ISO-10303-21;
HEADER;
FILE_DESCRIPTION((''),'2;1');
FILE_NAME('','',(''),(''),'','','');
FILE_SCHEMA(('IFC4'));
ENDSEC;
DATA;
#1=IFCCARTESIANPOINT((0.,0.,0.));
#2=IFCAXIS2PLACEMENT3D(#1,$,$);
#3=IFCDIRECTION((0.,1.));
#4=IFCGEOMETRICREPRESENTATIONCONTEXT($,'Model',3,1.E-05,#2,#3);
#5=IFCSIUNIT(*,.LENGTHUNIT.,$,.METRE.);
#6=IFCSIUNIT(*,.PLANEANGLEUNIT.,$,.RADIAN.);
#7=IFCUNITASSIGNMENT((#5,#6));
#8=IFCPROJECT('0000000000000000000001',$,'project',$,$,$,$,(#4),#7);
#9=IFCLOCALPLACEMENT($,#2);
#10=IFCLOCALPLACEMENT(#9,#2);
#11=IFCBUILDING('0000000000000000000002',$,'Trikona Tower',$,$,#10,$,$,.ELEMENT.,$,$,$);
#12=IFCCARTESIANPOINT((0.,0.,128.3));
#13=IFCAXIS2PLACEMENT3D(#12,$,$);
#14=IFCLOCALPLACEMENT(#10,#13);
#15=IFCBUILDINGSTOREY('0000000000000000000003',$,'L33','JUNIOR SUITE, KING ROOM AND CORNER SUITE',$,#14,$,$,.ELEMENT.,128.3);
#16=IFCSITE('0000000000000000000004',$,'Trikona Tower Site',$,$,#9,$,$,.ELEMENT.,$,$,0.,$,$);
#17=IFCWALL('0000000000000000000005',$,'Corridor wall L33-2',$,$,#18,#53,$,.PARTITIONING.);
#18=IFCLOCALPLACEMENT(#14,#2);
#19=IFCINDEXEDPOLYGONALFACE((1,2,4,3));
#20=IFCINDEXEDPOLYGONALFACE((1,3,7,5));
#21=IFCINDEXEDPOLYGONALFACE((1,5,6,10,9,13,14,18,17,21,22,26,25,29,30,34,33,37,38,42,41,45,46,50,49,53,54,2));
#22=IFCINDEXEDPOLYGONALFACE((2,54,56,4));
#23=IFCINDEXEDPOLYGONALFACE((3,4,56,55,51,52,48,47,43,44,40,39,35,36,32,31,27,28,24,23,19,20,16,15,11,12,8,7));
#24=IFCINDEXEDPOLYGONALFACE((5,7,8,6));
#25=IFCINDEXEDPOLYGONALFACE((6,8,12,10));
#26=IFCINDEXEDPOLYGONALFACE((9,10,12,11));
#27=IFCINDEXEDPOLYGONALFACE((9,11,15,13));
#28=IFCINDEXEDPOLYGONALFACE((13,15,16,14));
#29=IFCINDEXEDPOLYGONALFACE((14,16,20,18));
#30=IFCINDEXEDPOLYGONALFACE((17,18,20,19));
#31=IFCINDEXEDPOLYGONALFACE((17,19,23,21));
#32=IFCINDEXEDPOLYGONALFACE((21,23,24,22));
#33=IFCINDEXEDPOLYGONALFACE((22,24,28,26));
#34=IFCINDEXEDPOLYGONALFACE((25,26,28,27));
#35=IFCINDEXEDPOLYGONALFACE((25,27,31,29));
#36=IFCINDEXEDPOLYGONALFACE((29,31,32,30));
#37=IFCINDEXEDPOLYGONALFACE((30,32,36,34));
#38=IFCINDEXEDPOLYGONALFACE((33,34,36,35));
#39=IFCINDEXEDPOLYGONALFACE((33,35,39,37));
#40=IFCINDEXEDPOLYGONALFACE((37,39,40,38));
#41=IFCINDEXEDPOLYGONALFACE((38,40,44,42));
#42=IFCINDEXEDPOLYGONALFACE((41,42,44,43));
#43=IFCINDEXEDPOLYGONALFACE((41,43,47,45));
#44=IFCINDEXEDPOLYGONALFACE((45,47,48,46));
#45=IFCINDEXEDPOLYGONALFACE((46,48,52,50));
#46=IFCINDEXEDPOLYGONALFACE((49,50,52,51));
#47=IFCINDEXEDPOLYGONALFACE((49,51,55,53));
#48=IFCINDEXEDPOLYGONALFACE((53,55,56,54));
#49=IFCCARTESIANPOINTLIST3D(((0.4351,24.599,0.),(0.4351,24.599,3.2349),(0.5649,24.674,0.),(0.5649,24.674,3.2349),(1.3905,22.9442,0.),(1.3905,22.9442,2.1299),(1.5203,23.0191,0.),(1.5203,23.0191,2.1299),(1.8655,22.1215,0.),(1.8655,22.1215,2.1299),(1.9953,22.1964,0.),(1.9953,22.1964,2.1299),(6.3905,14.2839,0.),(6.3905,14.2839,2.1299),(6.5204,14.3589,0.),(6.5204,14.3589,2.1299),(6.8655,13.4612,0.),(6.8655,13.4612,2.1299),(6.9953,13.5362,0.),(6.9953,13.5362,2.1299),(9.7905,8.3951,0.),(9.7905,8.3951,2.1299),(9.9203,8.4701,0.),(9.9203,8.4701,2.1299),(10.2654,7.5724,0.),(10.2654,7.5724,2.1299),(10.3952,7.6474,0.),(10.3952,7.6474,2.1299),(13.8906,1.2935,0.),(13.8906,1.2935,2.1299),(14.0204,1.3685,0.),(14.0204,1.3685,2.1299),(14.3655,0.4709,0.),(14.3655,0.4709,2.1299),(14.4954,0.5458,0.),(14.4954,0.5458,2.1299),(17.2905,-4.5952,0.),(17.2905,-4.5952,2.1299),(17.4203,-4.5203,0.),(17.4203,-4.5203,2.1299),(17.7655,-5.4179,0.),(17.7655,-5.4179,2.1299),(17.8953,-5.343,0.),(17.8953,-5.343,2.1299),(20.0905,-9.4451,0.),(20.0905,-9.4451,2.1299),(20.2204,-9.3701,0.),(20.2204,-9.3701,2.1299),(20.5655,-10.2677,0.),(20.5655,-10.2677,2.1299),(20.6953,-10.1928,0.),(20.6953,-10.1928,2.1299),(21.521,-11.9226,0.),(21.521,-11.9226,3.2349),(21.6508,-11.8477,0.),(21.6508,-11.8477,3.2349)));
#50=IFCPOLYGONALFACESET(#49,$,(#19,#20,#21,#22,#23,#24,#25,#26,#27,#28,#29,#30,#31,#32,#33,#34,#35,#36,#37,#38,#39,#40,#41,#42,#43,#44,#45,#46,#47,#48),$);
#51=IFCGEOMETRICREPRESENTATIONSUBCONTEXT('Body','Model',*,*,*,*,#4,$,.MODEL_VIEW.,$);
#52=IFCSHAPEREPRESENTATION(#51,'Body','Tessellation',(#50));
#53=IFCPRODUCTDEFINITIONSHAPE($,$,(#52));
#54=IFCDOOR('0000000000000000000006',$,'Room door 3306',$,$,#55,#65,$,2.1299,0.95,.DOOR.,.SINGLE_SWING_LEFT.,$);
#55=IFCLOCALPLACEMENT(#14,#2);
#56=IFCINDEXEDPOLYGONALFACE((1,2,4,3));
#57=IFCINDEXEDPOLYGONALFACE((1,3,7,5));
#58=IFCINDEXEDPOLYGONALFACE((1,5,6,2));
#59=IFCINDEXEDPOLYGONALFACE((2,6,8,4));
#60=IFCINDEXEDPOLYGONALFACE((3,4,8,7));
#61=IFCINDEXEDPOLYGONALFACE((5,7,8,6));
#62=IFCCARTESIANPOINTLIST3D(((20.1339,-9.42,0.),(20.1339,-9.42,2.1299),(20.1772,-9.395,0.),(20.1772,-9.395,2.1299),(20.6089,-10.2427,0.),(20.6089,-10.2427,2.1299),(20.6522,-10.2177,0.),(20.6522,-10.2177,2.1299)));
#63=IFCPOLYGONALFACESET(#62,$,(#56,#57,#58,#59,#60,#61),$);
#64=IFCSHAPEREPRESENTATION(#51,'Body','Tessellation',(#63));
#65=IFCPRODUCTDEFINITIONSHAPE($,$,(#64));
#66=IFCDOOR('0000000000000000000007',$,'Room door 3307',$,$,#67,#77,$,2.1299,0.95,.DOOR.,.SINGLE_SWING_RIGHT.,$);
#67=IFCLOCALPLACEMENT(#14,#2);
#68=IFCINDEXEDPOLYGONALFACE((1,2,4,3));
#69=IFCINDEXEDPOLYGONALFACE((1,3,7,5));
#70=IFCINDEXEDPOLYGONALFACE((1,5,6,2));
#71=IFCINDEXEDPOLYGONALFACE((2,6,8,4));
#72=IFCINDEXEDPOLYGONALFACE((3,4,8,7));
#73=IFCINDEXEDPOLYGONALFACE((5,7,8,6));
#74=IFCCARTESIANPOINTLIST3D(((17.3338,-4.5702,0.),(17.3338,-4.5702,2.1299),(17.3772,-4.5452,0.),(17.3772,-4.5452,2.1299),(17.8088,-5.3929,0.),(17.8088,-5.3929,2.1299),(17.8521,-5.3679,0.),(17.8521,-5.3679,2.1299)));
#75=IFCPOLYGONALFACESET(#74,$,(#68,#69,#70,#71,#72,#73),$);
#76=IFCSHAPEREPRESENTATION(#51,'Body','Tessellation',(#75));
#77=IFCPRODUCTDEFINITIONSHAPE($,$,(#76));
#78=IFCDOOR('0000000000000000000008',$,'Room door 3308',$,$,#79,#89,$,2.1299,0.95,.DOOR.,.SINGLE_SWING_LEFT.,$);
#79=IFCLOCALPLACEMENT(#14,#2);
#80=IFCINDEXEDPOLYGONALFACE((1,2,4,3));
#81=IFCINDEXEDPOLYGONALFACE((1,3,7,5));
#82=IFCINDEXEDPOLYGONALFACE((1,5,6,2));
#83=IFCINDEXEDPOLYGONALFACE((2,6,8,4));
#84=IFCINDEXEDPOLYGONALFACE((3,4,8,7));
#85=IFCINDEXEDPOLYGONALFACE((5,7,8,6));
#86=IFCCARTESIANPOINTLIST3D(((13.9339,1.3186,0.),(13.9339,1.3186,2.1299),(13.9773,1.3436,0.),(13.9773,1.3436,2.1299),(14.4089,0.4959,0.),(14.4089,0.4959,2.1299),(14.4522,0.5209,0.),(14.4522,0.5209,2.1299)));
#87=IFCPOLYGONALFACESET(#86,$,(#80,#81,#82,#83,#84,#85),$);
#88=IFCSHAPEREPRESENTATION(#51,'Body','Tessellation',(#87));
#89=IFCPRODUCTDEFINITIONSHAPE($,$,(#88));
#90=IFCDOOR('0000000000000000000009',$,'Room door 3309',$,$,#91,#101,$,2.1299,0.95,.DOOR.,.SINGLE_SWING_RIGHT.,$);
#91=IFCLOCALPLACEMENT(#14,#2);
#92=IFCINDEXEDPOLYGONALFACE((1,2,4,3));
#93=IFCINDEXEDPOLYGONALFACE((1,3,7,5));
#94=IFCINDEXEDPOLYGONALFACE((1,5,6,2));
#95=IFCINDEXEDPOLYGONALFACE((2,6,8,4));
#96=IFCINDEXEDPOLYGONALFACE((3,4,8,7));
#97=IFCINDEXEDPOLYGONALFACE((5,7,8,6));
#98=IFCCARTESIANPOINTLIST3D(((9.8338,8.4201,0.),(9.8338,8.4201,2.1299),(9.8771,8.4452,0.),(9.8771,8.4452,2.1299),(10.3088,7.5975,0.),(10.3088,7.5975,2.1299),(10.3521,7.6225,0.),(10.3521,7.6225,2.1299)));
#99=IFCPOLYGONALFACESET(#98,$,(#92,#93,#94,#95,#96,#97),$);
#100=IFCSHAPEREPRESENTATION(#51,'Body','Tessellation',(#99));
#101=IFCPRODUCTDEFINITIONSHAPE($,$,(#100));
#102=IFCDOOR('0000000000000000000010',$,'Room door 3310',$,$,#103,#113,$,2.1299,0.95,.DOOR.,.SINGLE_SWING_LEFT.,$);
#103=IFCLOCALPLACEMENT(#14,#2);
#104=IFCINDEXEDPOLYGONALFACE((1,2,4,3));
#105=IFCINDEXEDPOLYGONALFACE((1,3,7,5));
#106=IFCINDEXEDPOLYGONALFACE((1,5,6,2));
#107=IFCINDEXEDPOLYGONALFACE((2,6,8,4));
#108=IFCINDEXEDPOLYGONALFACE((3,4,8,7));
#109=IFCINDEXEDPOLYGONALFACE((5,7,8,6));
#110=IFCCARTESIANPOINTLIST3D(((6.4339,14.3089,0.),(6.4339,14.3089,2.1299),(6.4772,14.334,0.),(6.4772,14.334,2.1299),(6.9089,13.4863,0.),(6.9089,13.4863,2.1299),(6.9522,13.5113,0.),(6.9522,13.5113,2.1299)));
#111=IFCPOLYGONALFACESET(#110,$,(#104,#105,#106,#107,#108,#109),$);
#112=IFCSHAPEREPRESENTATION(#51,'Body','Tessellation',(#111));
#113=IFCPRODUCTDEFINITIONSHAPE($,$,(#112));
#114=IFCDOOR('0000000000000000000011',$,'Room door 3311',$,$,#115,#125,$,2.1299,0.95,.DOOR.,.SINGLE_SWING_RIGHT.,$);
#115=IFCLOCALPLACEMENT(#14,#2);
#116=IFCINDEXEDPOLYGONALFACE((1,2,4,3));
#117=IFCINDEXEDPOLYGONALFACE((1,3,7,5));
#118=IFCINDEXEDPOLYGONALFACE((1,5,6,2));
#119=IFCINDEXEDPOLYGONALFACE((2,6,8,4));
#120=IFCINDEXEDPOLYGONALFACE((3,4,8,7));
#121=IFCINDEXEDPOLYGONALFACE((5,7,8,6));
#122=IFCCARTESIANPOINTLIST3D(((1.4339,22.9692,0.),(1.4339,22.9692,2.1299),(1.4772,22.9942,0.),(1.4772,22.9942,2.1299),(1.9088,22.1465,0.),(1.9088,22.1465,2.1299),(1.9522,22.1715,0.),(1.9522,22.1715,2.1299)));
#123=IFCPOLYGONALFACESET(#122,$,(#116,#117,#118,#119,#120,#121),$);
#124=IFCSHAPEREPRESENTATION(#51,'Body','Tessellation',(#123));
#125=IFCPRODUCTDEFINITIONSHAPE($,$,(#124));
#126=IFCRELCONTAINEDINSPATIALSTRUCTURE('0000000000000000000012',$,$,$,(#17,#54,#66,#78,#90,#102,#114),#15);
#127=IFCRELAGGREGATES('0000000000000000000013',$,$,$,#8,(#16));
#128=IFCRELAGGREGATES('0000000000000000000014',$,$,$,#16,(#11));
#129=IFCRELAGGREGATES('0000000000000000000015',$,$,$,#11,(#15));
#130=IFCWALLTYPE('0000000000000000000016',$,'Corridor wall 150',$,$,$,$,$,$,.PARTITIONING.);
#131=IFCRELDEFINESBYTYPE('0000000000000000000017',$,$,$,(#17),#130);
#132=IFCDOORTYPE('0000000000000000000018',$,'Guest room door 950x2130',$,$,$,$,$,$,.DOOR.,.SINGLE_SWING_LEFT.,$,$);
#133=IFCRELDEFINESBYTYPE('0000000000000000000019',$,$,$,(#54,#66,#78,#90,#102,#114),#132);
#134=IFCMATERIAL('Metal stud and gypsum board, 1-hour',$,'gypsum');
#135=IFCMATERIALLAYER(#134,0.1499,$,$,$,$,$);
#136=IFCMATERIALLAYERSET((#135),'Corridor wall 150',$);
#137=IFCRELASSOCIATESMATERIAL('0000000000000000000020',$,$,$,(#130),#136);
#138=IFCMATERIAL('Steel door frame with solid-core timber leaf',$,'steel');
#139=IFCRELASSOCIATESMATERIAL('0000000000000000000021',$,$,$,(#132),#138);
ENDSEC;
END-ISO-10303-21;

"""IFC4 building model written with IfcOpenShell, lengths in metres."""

from ifc_helpers import new_model, si_unit, direction, frame, frame_2d, origin, place, context, subcontext, project, spatial, rectangle, extrude, material, layer, layer_set, type_object, element, fill, save


model = new_model("IFC4")

# Units and contexts
model_context = context("Model", 3, precision=1e-05, world=origin(), true_north=direction((0.0, 1.0)))
body_context = subcontext(model_context, "Body", "Model", "MODEL_VIEW")
ifc_project = project(units=[si_unit("LENGTHUNIT", "METRE"), si_unit("PLANEANGLEUNIT", "RADIAN")], contexts=[model_context])

# Site, building, storey
site_placement = place(None, origin())
site = spatial("IfcSite", under=ifc_project, at=site_placement, Name="Trikona Tower Site", CompositionType="ELEMENT", RefElevation=0.0)
building_placement = place(site_placement, origin())
building = spatial("IfcBuilding", under=site, at=building_placement, Name="Trikona Tower", CompositionType="ELEMENT")
storey_placement = place(building_placement, frame((0.0, 0.0, 128.3)))
storey = spatial("IfcBuildingStorey", under=building, at=storey_placement, Name="L33", Description="JUNIOR SUITE, KING ROOM AND CORNER SUITE", CompositionType="ELEMENT", Elevation=128.3)

# Wall, openings, doors
ifc_material_1 = material(Name="Metal stud and gypsum board, 1-hour", Category="gypsum")
ifc_layer_1 = layer(ifc_material_1, 0.1499)
ifc_layer_set_1 = layer_set([ifc_layer_1], Name="Corridor wall 150")
wall_type_1 = type_object("IfcWallType", Name="Corridor wall 150", PredefinedType="PARTITIONING", material=ifc_layer_set_1)
wall_1_placement = place(storey_placement, frame((21.5859, -11.8853, 0.0), z_axis=(0.0, 0.0, 1.0), x_axis=(-0.500002, 0.866024, 0.0)))
wall_1 = element("IfcWall", 1, at=wall_1_placement, inside=storey, type_object=wall_type_1, Name="Corridor wall L33-2", PredefinedType="PARTITIONING", context=body_context, shape_type="SweptSolid", body=[
    extrude(rectangle(XDim=42.1716, YDim=0.1499, at=frame_2d((21.0859, 0.0))), origin(), (0.0, 0.0, 1.0), 3.2349),
])
opening_1_placement = place(wall_1_placement, frame((1.9109, 0.0, 0.0)))
opening_1 = element("IfcOpeningElement", 2, at=opening_1_placement, cuts=wall_1, PredefinedType="OPENING", context=body_context, shape_type="SweptSolid", body=[
    extrude(rectangle(XDim=0.95, YDim=2.1299, at=frame_2d((0.4751, 1.0649))), frame((0.0, 0.085, 0.0), z_axis=(0.0, -1.0, 0.0), x_axis=(1.0, 0.0, 0.0)), (0.0, 0.0, 1.0), 0.1699),
])
opening_2_placement = place(wall_1_placement, frame((7.511, 0.0, 0.0)))
opening_2 = element("IfcOpeningElement", 3, at=opening_2_placement, cuts=wall_1, PredefinedType="OPENING", context=body_context, shape_type="SweptSolid", body=[
    extrude(rectangle(XDim=0.95, YDim=2.1299, at=frame_2d((0.4751, 1.0649))), frame((0.0, 0.085, 0.0), z_axis=(0.0, -1.0, 0.0), x_axis=(1.0, 0.0, 0.0)), (0.0, 0.0, 1.0), 0.1699),
])
opening_3_placement = place(wall_1_placement, frame((14.3108, 0.0, 0.0)))
opening_3 = element("IfcOpeningElement", 4, at=opening_3_placement, cuts=wall_1, PredefinedType="OPENING", context=body_context, shape_type="SweptSolid", body=[
    extrude(rectangle(XDim=0.95, YDim=2.1299, at=frame_2d((0.4751, 1.0649))), frame((0.0, 0.085, 0.0), z_axis=(0.0, -1.0, 0.0), x_axis=(1.0, 0.0, 0.0)), (0.0, 0.0, 1.0), 0.1699),
])
opening_4_placement = place(wall_1_placement, frame((22.511, 0.0, 0.0)))
opening_4 = element("IfcOpeningElement", 5, at=opening_4_placement, cuts=wall_1, PredefinedType="OPENING", context=body_context, shape_type="SweptSolid", body=[
    extrude(rectangle(XDim=0.95, YDim=2.1299, at=frame_2d((0.4751, 1.0649))), frame((0.0, 0.085, 0.0), z_axis=(0.0, -1.0, 0.0), x_axis=(1.0, 0.0, 0.0)), (0.0, 0.0, 1.0), 0.1699),
])
opening_5_placement = place(wall_1_placement, frame((29.3108, 0.0, 0.0)))
opening_5 = element("IfcOpeningElement", 6, at=opening_5_placement, cuts=wall_1, PredefinedType="OPENING", context=body_context, shape_type="SweptSolid", body=[
    extrude(rectangle(XDim=0.95, YDim=2.1299, at=frame_2d((0.4751, 1.0649))), frame((0.0, 0.085, 0.0), z_axis=(0.0, -1.0, 0.0), x_axis=(1.0, 0.0, 0.0)), (0.0, 0.0, 1.0), 0.1699),
])
opening_6_placement = place(wall_1_placement, frame((39.3108, 0.0, 0.0)))
opening_6 = element("IfcOpeningElement", 7, at=opening_6_placement, cuts=wall_1, PredefinedType="OPENING", context=body_context, shape_type="SweptSolid", body=[
    extrude(rectangle(XDim=0.95, YDim=2.1299, at=frame_2d((0.4751, 1.0649))), frame((0.0, 0.085, 0.0), z_axis=(0.0, -1.0, 0.0), x_axis=(1.0, 0.0, 0.0)), (0.0, 0.0, 1.0), 0.1699),
])
ifc_material_2 = material(Name="Steel door frame with solid-core timber leaf", Category="steel")
door_type = type_object("IfcDoorType", Name="Guest room door 950x2130", OperationType="SINGLE_SWING_LEFT", PredefinedType="DOOR", material=ifc_material_2)
door_1_placement = place(opening_1_placement, origin())
door_1 = element("IfcDoor", 8, at=door_1_placement, inside=storey, type_object=door_type, Name="Room door 3306", OperationType="SINGLE_SWING_LEFT", OverallHeight=2.1299, OverallWidth=0.95, PredefinedType="DOOR", context=body_context, shape_type="SweptSolid", body=[
    extrude(rectangle(XDim=0.95, YDim=2.1299, at=frame_2d((0.4751, 1.0649))), frame((0.0, 0.0249, 0.0), z_axis=(0.0, -1.0, 0.0), x_axis=(1.0, 0.0, 0.0)), (0.0, 0.0, 1.0), 0.05),
])
fill(opening_1, door_1)
door_2_placement = place(opening_2_placement, origin())
door_2 = element("IfcDoor", 9, at=door_2_placement, inside=storey, type_object=door_type, Name="Room door 3307", OperationType="SINGLE_SWING_RIGHT", OverallHeight=2.1299, OverallWidth=0.95, PredefinedType="DOOR", context=body_context, shape_type="SweptSolid", body=[
    extrude(rectangle(XDim=0.95, YDim=2.1299, at=frame_2d((0.4751, 1.0649))), frame((0.0, 0.0249, 0.0), z_axis=(0.0, -1.0, 0.0), x_axis=(1.0, 0.0, 0.0)), (0.0, 0.0, 1.0), 0.05),
])
fill(opening_2, door_2)
door_3_placement = place(opening_3_placement, origin())
door_3 = element("IfcDoor", 10, at=door_3_placement, inside=storey, type_object=door_type, Name="Room door 3308", OperationType="SINGLE_SWING_LEFT", OverallHeight=2.1299, OverallWidth=0.95, PredefinedType="DOOR", context=body_context, shape_type="SweptSolid", body=[
    extrude(rectangle(XDim=0.95, YDim=2.1299, at=frame_2d((0.4751, 1.0649))), frame((0.0, 0.0249, 0.0), z_axis=(0.0, -1.0, 0.0), x_axis=(1.0, 0.0, 0.0)), (0.0, 0.0, 1.0), 0.05),
])
fill(opening_3, door_3)
door_4_placement = place(opening_4_placement, origin())
door_4 = element("IfcDoor", 11, at=door_4_placement, inside=storey, type_object=door_type, Name="Room door 3309", OperationType="SINGLE_SWING_RIGHT", OverallHeight=2.1299, OverallWidth=0.95, PredefinedType="DOOR", context=body_context, shape_type="SweptSolid", body=[
    extrude(rectangle(XDim=0.95, YDim=2.1299, at=frame_2d((0.4751, 1.0649))), frame((0.0, 0.0249, 0.0), z_axis=(0.0, -1.0, 0.0), x_axis=(1.0, 0.0, 0.0)), (0.0, 0.0, 1.0), 0.05),
])
fill(opening_4, door_4)
door_5_placement = place(opening_5_placement, origin())
door_5 = element("IfcDoor", 12, at=door_5_placement, inside=storey, type_object=door_type, Name="Room door 3310", OperationType="SINGLE_SWING_LEFT", OverallHeight=2.1299, OverallWidth=0.95, PredefinedType="DOOR", context=body_context, shape_type="SweptSolid", body=[
    extrude(rectangle(XDim=0.95, YDim=2.1299, at=frame_2d((0.4751, 1.0649))), frame((0.0, 0.0249, 0.0), z_axis=(0.0, -1.0, 0.0), x_axis=(1.0, 0.0, 0.0)), (0.0, 0.0, 1.0), 0.05),
])
fill(opening_5, door_5)
door_6_placement = place(opening_6_placement, origin())
door_6 = element("IfcDoor", 13, at=door_6_placement, inside=storey, type_object=door_type, Name="Room door 3311", OperationType="SINGLE_SWING_RIGHT", OverallHeight=2.1299, OverallWidth=0.95, PredefinedType="DOOR", context=body_context, shape_type="SweptSolid", body=[
    extrude(rectangle(XDim=0.95, YDim=2.1299, at=frame_2d((0.4751, 1.0649))), frame((0.0, 0.0249, 0.0), z_axis=(0.0, -1.0, 0.0), x_axis=(1.0, 0.0, 0.0)), (0.0, 0.0, 1.0), 0.05),
])
fill(opening_6, door_6)

save(model, "model.ifc")
